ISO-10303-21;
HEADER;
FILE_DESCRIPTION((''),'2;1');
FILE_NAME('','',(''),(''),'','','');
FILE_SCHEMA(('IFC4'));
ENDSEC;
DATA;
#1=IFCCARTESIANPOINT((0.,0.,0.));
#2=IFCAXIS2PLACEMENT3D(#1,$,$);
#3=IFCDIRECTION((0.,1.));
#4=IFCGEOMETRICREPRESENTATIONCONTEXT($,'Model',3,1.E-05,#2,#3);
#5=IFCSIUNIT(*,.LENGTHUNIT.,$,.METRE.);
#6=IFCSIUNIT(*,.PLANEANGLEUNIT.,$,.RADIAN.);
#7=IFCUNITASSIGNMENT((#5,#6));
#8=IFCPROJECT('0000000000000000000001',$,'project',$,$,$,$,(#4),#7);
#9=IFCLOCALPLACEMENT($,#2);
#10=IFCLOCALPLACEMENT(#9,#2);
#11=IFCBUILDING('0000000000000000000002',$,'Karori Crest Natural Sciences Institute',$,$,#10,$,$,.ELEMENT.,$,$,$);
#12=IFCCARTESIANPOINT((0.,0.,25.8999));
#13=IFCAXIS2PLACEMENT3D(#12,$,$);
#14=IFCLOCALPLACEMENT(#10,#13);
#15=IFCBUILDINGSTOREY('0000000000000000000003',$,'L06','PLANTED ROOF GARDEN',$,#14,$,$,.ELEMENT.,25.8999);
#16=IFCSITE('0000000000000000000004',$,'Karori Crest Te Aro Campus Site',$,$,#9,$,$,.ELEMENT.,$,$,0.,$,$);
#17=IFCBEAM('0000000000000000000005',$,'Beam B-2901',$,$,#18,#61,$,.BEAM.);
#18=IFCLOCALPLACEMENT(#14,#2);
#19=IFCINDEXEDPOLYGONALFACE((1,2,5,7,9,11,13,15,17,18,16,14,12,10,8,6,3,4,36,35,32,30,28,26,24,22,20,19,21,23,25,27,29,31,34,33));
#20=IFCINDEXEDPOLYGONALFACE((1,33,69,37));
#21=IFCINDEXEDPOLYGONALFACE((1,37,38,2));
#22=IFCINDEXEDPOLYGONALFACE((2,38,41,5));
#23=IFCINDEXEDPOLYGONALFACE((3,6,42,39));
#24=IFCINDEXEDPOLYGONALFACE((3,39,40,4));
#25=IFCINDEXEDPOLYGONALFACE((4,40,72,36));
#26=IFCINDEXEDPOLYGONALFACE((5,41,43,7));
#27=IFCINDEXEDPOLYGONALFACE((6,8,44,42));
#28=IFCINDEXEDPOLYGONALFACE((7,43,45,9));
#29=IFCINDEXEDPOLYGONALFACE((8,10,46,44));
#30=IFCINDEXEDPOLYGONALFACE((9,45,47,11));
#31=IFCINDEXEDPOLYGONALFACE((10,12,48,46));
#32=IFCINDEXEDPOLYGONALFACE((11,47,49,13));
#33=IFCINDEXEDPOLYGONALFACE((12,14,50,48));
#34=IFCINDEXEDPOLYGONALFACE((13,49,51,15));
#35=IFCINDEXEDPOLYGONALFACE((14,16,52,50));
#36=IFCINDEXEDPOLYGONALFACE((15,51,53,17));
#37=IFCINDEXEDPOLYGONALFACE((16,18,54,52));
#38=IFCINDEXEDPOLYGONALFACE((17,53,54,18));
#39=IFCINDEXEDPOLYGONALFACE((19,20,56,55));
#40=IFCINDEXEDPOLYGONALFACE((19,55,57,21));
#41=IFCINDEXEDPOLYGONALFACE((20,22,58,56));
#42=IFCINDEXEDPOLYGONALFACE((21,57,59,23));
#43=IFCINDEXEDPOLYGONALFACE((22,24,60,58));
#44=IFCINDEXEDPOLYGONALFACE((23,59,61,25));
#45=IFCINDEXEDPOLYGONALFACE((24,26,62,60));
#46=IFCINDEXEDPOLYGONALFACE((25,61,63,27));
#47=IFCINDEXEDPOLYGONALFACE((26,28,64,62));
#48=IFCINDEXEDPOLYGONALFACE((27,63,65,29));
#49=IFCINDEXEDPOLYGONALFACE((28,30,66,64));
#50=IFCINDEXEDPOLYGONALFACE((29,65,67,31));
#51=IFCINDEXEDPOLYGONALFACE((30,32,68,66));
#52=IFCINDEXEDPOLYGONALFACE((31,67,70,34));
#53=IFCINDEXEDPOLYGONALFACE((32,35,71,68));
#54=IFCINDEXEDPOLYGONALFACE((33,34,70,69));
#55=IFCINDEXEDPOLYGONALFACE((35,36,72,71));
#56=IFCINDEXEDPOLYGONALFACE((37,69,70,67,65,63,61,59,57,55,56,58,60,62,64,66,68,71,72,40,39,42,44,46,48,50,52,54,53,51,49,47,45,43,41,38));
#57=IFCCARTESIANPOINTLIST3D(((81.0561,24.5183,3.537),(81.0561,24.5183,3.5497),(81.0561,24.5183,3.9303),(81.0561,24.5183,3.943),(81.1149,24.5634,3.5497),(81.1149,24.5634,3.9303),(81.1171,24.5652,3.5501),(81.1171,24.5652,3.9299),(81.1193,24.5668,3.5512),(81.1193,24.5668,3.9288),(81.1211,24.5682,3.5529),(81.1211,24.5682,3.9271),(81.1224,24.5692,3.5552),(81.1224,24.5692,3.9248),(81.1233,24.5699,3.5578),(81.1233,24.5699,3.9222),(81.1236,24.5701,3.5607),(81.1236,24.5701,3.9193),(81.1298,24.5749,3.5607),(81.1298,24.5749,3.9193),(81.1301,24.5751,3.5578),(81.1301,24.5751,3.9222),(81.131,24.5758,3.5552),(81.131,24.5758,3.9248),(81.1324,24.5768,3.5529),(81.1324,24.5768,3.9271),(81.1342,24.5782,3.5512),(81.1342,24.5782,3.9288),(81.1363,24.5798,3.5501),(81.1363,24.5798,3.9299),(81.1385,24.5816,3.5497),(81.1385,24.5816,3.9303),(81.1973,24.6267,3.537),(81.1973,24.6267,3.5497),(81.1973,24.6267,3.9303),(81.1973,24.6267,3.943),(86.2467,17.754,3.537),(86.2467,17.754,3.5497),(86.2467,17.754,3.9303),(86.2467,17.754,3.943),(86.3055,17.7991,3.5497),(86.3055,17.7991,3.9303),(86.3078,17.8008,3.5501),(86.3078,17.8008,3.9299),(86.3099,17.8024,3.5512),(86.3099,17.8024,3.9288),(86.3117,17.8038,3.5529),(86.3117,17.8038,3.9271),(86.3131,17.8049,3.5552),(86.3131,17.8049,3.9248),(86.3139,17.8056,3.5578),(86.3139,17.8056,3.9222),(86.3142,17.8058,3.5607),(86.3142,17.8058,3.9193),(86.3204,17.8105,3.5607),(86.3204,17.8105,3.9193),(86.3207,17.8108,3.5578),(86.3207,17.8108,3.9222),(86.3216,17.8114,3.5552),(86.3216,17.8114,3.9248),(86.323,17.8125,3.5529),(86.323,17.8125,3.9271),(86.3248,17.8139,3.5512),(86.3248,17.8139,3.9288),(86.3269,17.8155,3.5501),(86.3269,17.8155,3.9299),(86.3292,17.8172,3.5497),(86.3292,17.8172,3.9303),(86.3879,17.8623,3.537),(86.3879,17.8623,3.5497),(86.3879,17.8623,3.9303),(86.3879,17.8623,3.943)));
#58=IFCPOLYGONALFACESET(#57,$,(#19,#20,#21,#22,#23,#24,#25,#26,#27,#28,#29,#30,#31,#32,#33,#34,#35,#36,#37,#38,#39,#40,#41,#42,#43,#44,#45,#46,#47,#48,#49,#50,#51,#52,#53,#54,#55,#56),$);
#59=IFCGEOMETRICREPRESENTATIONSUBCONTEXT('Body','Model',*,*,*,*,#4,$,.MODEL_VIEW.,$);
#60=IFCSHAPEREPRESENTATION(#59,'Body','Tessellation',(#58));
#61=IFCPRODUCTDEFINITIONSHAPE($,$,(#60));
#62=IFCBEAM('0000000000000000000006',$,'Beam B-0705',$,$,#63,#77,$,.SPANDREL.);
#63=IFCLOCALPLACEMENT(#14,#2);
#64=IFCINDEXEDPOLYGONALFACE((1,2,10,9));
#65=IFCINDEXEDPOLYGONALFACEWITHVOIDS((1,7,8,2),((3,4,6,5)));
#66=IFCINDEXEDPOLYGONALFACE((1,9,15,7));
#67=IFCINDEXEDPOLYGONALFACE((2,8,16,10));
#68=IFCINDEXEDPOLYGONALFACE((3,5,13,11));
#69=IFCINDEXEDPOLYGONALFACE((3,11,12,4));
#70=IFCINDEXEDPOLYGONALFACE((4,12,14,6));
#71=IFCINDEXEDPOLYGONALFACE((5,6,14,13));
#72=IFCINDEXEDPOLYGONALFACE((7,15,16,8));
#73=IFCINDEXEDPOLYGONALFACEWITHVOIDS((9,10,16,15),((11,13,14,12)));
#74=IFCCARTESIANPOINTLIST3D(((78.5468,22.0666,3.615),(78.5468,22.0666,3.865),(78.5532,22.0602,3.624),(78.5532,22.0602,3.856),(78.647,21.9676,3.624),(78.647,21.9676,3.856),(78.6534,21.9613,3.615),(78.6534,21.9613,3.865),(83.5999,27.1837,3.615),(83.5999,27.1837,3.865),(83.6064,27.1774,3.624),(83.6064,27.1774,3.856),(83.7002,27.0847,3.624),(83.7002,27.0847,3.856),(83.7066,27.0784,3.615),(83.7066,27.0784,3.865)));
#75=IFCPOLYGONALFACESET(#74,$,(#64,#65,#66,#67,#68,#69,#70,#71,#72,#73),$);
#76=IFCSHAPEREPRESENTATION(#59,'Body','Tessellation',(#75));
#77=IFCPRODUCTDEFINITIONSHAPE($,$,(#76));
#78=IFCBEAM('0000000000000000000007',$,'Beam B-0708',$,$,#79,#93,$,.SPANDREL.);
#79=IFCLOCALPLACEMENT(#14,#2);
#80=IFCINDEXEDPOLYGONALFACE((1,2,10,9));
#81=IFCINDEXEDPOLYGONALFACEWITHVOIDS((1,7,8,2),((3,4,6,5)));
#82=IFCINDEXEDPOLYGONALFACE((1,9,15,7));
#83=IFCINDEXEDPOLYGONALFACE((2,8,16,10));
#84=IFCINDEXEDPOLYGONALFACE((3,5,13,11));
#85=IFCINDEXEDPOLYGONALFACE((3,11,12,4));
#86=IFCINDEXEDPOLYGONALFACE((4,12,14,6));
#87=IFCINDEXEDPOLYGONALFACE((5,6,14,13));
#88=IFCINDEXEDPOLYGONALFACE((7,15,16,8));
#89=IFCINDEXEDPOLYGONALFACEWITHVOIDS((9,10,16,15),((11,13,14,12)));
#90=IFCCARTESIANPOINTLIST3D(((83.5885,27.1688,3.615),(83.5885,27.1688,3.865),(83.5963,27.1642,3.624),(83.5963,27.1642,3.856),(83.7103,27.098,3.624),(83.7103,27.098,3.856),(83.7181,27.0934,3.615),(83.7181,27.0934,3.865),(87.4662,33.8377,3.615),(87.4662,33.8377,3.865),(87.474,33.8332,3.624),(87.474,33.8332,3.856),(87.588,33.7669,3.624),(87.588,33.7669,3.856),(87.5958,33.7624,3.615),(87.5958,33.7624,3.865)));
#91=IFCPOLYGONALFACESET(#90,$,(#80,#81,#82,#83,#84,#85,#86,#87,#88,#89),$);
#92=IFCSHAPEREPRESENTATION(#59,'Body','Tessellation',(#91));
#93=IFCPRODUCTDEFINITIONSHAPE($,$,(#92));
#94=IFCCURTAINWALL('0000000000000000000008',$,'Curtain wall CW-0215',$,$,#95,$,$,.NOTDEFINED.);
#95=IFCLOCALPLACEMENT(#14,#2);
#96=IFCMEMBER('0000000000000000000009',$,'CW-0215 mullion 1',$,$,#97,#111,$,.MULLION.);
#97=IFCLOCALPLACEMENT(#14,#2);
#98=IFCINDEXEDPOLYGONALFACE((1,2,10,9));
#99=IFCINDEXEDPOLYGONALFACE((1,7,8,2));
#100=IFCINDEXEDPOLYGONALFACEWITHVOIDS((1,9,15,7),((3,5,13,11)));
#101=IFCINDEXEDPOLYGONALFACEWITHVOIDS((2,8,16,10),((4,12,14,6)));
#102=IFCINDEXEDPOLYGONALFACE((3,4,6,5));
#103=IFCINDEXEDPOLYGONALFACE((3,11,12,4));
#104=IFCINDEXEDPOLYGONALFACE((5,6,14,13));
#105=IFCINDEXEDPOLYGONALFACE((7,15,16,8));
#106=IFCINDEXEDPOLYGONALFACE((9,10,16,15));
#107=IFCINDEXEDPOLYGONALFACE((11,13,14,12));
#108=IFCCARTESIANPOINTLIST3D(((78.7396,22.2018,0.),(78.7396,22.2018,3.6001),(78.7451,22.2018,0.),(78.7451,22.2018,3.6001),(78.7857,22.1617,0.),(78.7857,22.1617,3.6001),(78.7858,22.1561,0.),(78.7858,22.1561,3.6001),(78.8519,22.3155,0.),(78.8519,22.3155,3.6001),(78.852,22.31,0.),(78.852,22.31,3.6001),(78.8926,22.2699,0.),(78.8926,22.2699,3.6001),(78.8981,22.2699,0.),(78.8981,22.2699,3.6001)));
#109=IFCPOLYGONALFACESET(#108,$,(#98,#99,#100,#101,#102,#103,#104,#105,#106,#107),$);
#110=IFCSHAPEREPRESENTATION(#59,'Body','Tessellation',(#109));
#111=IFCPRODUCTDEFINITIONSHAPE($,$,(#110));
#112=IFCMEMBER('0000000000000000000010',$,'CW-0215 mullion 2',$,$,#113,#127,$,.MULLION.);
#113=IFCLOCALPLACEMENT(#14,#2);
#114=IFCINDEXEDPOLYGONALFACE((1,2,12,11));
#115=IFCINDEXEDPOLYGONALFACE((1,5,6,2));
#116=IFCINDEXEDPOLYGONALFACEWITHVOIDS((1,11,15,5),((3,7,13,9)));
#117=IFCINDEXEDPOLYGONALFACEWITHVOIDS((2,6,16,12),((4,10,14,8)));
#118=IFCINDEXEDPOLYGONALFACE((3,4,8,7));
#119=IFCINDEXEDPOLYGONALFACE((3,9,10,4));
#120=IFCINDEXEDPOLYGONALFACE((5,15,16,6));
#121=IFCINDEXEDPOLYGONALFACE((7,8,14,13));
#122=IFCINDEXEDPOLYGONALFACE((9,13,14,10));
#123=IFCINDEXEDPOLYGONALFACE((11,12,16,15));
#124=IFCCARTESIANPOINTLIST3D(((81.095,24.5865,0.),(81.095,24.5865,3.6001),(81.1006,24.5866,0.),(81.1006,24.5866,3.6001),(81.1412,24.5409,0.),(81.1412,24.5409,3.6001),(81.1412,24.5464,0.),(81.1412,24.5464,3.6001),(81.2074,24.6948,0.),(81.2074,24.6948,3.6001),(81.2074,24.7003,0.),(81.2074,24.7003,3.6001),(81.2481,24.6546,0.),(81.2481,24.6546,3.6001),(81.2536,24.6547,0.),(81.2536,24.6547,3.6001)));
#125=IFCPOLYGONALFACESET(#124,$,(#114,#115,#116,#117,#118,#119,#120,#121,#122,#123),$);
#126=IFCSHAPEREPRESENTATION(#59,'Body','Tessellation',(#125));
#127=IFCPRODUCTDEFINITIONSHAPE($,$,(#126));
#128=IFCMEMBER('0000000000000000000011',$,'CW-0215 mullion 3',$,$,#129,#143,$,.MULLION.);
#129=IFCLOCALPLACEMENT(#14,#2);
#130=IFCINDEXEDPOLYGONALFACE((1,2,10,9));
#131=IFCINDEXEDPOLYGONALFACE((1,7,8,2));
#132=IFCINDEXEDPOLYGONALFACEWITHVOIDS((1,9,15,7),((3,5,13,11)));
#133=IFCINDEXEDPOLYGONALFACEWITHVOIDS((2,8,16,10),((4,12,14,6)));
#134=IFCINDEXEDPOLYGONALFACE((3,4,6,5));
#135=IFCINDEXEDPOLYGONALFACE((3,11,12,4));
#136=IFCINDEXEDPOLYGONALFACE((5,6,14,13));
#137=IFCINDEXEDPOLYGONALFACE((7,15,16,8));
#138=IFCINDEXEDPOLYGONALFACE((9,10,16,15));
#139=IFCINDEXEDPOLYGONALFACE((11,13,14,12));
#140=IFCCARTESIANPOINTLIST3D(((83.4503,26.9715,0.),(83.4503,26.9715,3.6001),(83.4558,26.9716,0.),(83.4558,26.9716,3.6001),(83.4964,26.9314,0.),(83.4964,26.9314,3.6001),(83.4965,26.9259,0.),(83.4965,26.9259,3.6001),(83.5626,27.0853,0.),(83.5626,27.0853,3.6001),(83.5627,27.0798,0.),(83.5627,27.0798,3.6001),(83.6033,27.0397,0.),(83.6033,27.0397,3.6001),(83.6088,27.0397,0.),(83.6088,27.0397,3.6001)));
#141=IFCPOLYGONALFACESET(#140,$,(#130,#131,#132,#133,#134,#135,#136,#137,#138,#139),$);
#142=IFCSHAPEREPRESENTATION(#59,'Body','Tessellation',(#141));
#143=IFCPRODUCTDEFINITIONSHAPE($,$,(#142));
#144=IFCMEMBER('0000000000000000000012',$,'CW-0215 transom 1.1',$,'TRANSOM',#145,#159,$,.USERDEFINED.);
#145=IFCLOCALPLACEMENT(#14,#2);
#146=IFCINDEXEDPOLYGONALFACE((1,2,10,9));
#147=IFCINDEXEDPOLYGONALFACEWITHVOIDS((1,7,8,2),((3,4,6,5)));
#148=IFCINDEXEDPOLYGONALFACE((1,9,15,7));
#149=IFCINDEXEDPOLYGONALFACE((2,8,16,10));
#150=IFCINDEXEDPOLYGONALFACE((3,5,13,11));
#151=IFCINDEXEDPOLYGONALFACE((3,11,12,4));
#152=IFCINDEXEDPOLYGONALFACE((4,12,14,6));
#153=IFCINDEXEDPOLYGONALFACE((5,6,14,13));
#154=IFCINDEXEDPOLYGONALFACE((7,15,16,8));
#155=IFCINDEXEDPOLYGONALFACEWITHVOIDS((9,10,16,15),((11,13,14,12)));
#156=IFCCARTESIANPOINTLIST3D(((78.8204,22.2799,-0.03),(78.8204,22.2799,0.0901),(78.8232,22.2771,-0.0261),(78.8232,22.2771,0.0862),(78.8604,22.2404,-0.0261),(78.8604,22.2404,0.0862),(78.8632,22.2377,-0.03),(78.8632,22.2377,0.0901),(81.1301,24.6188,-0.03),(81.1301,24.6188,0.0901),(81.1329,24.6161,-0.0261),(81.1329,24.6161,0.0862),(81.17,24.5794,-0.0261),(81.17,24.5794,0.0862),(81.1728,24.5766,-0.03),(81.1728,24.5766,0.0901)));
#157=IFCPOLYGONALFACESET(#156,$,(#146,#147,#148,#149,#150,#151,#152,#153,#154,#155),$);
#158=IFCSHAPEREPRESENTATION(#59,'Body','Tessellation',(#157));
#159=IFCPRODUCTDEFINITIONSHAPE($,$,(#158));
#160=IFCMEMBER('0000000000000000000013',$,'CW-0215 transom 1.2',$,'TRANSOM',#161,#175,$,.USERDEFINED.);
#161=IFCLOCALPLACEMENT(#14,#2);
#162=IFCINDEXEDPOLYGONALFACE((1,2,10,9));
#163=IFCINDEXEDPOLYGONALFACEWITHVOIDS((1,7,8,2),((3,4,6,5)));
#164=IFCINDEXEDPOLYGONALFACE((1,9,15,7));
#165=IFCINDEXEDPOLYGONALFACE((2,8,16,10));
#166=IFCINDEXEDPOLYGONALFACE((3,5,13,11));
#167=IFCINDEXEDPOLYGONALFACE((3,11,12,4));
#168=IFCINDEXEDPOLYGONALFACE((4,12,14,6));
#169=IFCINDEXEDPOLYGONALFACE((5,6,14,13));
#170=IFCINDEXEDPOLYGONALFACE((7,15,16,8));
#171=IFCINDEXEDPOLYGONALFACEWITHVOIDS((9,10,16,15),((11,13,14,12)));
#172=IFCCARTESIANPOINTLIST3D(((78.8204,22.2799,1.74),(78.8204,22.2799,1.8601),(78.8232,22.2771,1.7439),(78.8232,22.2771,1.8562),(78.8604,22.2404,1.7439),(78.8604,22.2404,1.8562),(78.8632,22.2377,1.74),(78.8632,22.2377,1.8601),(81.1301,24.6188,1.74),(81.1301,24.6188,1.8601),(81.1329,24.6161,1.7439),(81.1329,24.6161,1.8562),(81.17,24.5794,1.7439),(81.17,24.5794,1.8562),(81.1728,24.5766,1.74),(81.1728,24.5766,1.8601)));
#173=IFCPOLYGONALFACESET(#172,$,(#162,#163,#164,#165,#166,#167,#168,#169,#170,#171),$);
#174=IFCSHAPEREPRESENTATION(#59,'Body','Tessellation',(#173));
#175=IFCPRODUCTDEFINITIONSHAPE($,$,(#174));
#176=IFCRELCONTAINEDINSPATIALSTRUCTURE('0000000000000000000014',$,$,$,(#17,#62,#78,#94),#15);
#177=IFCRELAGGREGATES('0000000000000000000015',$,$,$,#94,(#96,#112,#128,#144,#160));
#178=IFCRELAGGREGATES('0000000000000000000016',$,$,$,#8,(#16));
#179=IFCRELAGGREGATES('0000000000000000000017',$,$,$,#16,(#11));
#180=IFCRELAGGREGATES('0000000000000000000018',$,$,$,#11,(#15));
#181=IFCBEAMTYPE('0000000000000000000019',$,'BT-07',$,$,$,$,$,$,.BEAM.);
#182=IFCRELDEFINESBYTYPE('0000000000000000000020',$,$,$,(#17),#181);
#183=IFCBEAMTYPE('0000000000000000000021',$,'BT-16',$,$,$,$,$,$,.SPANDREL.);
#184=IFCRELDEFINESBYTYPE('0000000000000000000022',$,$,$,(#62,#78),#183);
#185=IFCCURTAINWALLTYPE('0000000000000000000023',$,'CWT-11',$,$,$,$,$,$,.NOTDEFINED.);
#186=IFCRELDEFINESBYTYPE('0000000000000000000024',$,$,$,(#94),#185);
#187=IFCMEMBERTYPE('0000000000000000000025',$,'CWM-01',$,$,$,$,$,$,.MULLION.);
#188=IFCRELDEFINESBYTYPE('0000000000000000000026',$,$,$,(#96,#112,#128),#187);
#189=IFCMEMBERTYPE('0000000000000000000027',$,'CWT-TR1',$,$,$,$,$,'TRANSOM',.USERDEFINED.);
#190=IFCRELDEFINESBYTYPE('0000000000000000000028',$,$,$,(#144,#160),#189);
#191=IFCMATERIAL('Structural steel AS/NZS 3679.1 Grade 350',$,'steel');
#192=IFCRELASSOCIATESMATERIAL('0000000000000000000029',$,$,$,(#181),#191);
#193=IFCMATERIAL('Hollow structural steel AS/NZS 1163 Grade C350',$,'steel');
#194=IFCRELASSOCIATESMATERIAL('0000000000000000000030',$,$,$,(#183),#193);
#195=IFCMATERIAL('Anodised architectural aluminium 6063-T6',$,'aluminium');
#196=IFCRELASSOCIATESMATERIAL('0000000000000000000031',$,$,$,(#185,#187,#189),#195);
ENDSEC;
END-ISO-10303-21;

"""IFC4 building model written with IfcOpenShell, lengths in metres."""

from ifc_helpers import new_model, si_unit, direction, frame, origin, origin_2d, place, context, subcontext, project, spatial, hollow_rectangle, i_section, extrude, material, material_profile, profile_set, type_object, element, aggregate, save


model = new_model("IFC4")

# Units and contexts
model_context = context("Model", 3, precision=1e-05, world=origin(), true_north=direction((0.0, 1.0)))
body_context = subcontext(model_context, "Body", "Model", "MODEL_VIEW")
ifc_project = project(units=[si_unit("LENGTHUNIT", "METRE"), si_unit("PLANEANGLEUNIT", "RADIAN")], contexts=[model_context])

# Site, building, storey
site_placement = place(None, origin())
site = spatial("IfcSite", under=ifc_project, at=site_placement, Name="Karori Crest Te Aro Campus Site", CompositionType="ELEMENT", RefElevation=0.0)
building_placement = place(site_placement, origin())
building = spatial("IfcBuilding", under=site, at=building_placement, Name="Karori Crest Natural Sciences Institute", CompositionType="ELEMENT")
storey_placement = place(building_placement, frame((0.0, 0.0, 25.8999)))
storey = spatial("IfcBuildingStorey", under=building, at=storey_placement, Name="L06", Description="PLANTED ROOF GARDEN", CompositionType="ELEMENT", Elevation=25.8999)

# Shared definitions
ifc_material_1 = material(Name="Structural steel AS/NZS 3679.1 Grade 350", Category="steel")

# Beams
ifc_material_profile_1 = material_profile(ifc_material_1, i_section(OverallWidth=0.178, OverallDepth=0.406, WebThickness=0.0078, FlangeThickness=0.0127, FilletRadius=0.011, at=origin_2d()), Name="410UB59.7")
ifc_profile_set_1 = profile_set([ifc_material_profile_1], Name="Structural steel AS/NZS 3679.1 Grade 350")
beam_type_1 = type_object("IfcBeamType", Name="BT-07", PredefinedType="BEAM", material=ifc_profile_set_1)
beam_1_placement = place(storey_placement, frame((81.1267, 24.5725, 3.74), z_axis=(0.608774, -0.793344, 0.0), x_axis=(0.793344, 0.608774, 0.0)))
element("IfcBeam", 1, at=beam_1_placement, inside=storey, type_object=beam_type_1, Name="Beam B-2901", PredefinedType="BEAM", context=body_context, shape_type="SweptSolid", body=[
    extrude(i_section(OverallWidth=0.178, OverallDepth=0.406, WebThickness=0.0078, FlangeThickness=0.0127, FilletRadius=0.011, at=origin_2d()), origin(), (0.0, 0.0, 1.0), 8.5264),
])
ifc_material_2 = material(Name="Hollow structural steel AS/NZS 1163 Grade C350", Category="steel")
ifc_material_profile_2 = material_profile(ifc_material_2, hollow_rectangle(XDim=0.1499, YDim=0.25, WallThickness=0.009, at=origin_2d()), Name="RHS250x150x9")
ifc_profile_set_2 = profile_set([ifc_material_profile_2], Name="Hollow structural steel AS/NZS 1163 Grade C350")
beam_type_2 = type_object("IfcBeamType", Name="BT-16", PredefinedType="SPANDREL", material=ifc_profile_set_2)
beam_2_placement = place(storey_placement, frame((78.6001, 22.0139, 3.74), z_axis=(0.702646, 0.71154, 0.0), x_axis=(-0.71154, 0.702646, 0.0)))
element("IfcBeam", 2, at=beam_2_placement, inside=storey, type_object=beam_type_2, Name="Beam B-0705", PredefinedType="SPANDREL", context=body_context, shape_type="SweptSolid", body=[
    extrude(hollow_rectangle(XDim=0.1499, YDim=0.25, WallThickness=0.009, at=origin_2d()), origin(), (0.0, 0.0, 1.0), 7.1917),
])
beam_3_placement = place(storey_placement, frame((83.6533, 27.1311, 3.74), z_axis=(0.502658, 0.864485, 0.0), x_axis=(-0.864485, 0.502658, 0.0)))
element("IfcBeam", 3, at=beam_3_placement, inside=storey, type_object=beam_type_2, Name="Beam B-0708", PredefinedType="SPANDREL", context=body_context, shape_type="SweptSolid", body=[
    extrude(hollow_rectangle(XDim=0.1499, YDim=0.25, WallThickness=0.009, at=origin_2d()), origin(), (0.0, 0.0, 1.0), 7.7144),
])

# Curtain wall, members
ifc_material_3 = material(Name="Anodised architectural aluminium 6063-T6", Category="aluminium")
curtain_wall_type_1 = type_object("IfcCurtainWallType", Name="CWT-11", PredefinedType="NOTDEFINED", material=ifc_material_3)
curtain_wall_1_placement = place(storey_placement, origin())
curtain_wall_1 = element("IfcCurtainWall", 4, at=curtain_wall_1_placement, inside=storey, type_object=curtain_wall_type_1, Name="Curtain wall CW-0215", PredefinedType="NOTDEFINED")
ifc_material_profile_3 = material_profile(ifc_material_3, hollow_rectangle(XDim=0.0649, YDim=0.1599, WallThickness=0.0039, at=origin_2d()), Name="CWM160x65x4")
ifc_profile_set_3 = profile_set([ifc_material_profile_3], Name="Anodised architectural aluminium 6063-T6")
member_type_1 = type_object("IfcMemberType", Name="CWM-01", PredefinedType="MULLION", material=ifc_profile_set_3)
member_1_placement = place(storey_placement, frame((78.8188, 22.2358, 0.0), z_axis=(0.0, 0.0, 1.0), x_axis=(-0.711525, 0.702661, 0.0)))
member_1 = element("IfcMember", 5, at=member_1_placement, type_object=member_type_1, Name="CW-0215 mullion 1", PredefinedType="MULLION", context=body_context, shape_type="SweptSolid", body=[
    extrude(hollow_rectangle(XDim=0.0649, YDim=0.1599, WallThickness=0.0039, at=origin_2d()), origin(), (0.0, 0.0, 1.0), 3.6001),
])
member_2_placement = place(storey_placement, frame((81.1743, 24.6206, 0.0), z_axis=(0.0, 0.0, 1.0), x_axis=(-0.711525, 0.702661, 0.0)))
member_2 = element("IfcMember", 6, at=member_2_placement, type_object=member_type_1, Name="CW-0215 mullion 2", PredefinedType="MULLION", context=body_context, shape_type="SweptSolid", body=[
    extrude(hollow_rectangle(XDim=0.0649, YDim=0.1599, WallThickness=0.0039, at=origin_2d()), origin(), (0.0, 0.0, 1.0), 3.6001),
])
member_3_placement = place(storey_placement, frame((83.5295, 27.0056, 0.0), z_axis=(0.0, 0.0, 1.0), x_axis=(-0.711525, 0.702661, 0.0)))
member_3 = element("IfcMember", 7, at=member_3_placement, type_object=member_type_1, Name="CW-0215 mullion 3", PredefinedType="MULLION", context=body_context, shape_type="SweptSolid", body=[
    extrude(hollow_rectangle(XDim=0.0649, YDim=0.1599, WallThickness=0.0039, at=origin_2d()), origin(), (0.0, 0.0, 1.0), 3.6001),
])
ifc_material_profile_4 = material_profile(ifc_material_3, hollow_rectangle(XDim=0.0601, YDim=0.1201, WallThickness=0.0039, at=origin_2d()), Name="CWT120x60x4")
ifc_profile_set_4 = profile_set([ifc_material_profile_4], Name="Anodised architectural aluminium 6063-T6")
member_type_2 = type_object("IfcMemberType", Name="CWT-TR1", ElementType="TRANSOM", PredefinedType="USERDEFINED", material=ifc_profile_set_4)
member_4_placement = place(storey_placement, frame((78.8418, 22.2588, 0.03), z_axis=(0.702636, 0.711549, 0.0), x_axis=(-0.711549, 0.702636, 0.0)))
member_4 = element("IfcMember", 8, at=member_4_placement, type_object=member_type_2, Name="CW-0215 transom 1.1", ObjectType="TRANSOM", PredefinedType="USERDEFINED", context=body_context, shape_type="SweptSolid", body=[
    extrude(hollow_rectangle(XDim=0.0601, YDim=0.1201, WallThickness=0.0039, at=origin_2d()), origin(), (0.0, 0.0, 1.0), 3.2871),
])
member_5_placement = place(storey_placement, frame((78.8418, 22.2588, 1.8), z_axis=(0.702636, 0.711549, 0.0), x_axis=(-0.711549, 0.702636, 0.0)))
member_5 = element("IfcMember", 9, at=member_5_placement, type_object=member_type_2, Name="CW-0215 transom 1.2", ObjectType="TRANSOM", PredefinedType="USERDEFINED", context=body_context, shape_type="SweptSolid", body=[
    extrude(hollow_rectangle(XDim=0.0601, YDim=0.1201, WallThickness=0.0039, at=origin_2d()), origin(), (0.0, 0.0, 1.0), 3.2871),
])

aggregate(curtain_wall_1, [member_1, member_2, member_3, member_4, member_5])

save(model, "model.ifc")
